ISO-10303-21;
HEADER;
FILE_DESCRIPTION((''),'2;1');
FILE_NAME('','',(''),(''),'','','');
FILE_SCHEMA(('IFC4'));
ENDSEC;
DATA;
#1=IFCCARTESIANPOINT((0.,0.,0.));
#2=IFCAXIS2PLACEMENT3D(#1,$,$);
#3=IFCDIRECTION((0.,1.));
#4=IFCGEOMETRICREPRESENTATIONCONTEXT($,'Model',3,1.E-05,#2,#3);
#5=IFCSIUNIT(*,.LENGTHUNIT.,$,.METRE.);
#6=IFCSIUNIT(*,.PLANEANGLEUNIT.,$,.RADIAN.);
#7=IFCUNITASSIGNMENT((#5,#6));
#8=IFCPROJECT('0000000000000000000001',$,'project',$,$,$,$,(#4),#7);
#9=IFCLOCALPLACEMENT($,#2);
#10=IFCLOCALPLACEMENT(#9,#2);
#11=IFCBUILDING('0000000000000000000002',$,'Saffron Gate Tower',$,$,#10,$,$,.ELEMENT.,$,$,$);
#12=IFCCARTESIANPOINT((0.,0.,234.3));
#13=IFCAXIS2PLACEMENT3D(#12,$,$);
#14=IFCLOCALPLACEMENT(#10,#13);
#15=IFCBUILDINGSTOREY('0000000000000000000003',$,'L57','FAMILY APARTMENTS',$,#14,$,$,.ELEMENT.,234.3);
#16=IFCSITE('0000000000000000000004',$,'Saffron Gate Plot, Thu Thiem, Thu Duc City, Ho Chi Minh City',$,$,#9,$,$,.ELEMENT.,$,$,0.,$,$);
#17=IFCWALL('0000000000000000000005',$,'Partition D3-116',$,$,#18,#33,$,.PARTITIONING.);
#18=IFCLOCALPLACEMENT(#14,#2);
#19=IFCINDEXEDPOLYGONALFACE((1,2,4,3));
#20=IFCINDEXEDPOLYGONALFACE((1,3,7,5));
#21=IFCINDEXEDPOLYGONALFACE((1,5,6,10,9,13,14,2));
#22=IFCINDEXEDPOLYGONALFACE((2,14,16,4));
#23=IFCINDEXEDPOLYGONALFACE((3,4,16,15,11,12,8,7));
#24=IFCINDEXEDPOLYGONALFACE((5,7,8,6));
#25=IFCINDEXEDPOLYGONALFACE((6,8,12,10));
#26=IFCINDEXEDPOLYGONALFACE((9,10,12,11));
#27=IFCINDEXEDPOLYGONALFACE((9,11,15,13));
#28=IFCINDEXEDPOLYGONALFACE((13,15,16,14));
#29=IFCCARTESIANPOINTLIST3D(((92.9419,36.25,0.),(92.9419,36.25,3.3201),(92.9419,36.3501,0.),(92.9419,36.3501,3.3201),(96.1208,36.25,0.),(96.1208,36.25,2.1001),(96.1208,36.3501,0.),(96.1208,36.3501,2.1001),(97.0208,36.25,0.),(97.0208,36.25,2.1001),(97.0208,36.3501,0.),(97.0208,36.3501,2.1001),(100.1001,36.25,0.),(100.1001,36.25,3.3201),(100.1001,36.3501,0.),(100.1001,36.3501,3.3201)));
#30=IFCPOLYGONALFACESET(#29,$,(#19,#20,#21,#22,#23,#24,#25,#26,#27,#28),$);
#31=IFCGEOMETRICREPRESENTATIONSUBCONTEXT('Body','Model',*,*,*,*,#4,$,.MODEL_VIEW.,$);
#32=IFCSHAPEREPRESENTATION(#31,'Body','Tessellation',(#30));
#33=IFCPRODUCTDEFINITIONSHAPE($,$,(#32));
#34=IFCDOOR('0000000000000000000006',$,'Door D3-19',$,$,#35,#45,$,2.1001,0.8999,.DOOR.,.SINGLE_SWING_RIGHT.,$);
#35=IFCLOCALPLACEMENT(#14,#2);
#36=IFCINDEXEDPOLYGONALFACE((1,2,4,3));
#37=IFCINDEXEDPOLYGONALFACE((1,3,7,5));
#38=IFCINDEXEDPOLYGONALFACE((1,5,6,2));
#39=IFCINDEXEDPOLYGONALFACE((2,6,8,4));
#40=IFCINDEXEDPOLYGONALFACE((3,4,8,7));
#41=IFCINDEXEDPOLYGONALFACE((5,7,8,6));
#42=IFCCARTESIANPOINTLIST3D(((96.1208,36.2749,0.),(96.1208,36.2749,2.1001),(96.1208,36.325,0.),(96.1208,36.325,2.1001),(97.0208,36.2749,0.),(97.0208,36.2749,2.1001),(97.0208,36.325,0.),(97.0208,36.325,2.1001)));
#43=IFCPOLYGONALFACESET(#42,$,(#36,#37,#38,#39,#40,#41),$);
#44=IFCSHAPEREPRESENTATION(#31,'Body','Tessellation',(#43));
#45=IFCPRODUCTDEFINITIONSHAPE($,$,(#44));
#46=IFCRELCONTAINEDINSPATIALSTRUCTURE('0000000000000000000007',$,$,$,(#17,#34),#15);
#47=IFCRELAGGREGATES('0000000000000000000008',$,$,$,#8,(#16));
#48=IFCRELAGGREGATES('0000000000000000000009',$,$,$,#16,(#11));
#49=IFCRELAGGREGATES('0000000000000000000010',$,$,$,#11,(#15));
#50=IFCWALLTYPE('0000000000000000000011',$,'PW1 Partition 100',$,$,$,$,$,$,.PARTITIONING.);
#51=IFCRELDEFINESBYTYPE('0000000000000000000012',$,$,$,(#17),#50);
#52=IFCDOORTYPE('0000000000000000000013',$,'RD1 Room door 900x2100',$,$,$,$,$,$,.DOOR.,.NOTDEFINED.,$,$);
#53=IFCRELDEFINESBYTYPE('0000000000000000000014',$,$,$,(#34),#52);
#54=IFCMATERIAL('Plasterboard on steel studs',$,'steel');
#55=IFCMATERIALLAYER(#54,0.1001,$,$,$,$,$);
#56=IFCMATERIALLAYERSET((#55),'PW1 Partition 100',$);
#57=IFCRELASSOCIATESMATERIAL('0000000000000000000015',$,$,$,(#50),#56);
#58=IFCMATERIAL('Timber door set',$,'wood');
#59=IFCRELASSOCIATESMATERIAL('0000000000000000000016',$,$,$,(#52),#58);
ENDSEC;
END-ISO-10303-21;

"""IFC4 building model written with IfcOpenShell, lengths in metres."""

from ifc_helpers import new_model, si_unit, direction, frame, frame_2d, origin, place, context, subcontext, project, spatial, rectangle, extrude, material, layer, layer_set, type_object, element, fill, save


model = new_model("IFC4")

# Units and contexts
model_context = context("Model", 3, precision=1e-05, world=origin(), true_north=direction((0.0, 1.0)))
body_context = subcontext(model_context, "Body", "Model", "MODEL_VIEW")
ifc_project = project(units=[si_unit("LENGTHUNIT", "METRE"), si_unit("PLANEANGLEUNIT", "RADIAN")], contexts=[model_context])

# Site, building, storey
site_placement = place(None, origin())
site = spatial("IfcSite", under=ifc_project, at=site_placement, Name="Saffron Gate Plot, Thu Thiem, Thu Duc City, Ho Chi Minh City", CompositionType="ELEMENT", RefElevation=0.0)
building_placement = place(site_placement, origin())
building = spatial("IfcBuilding", under=site, at=building_placement, Name="Saffron Gate Tower", CompositionType="ELEMENT")
storey_placement = place(building_placement, frame((0.0, 0.0, 234.3)))
storey = spatial("IfcBuildingStorey", under=building, at=storey_placement, Name="L57", Description="FAMILY APARTMENTS", CompositionType="ELEMENT", Elevation=234.3)

# Shared definitions
ifc_material_1 = material(Name="Plasterboard on steel studs", Category="steel")
ifc_layer = layer(ifc_material_1, 0.1001)
ifc_layer_set = layer_set([ifc_layer], Name="PW1 Partition 100")
wall_type = type_object("IfcWallType", Name="PW1 Partition 100", PredefinedType="PARTITIONING", material=ifc_layer_set)
ifc_material_2 = material(Name="Timber door set", Category="wood")
door_type = type_object("IfcDoorType", Name="RD1 Room door 900x2100", OperationType="NOTDEFINED", PredefinedType="DOOR", material=ifc_material_2)

# Wall, opening, door
wall_1_placement = place(storey_placement, frame((92.9419, 36.3, 0.0), z_axis=(0.0, 0.0, 1.0), x_axis=(1.0, 0.0, 0.0)))
wall_1 = element("IfcWall", 1, at=wall_1_placement, inside=storey, type_object=wall_type, Name="Partition D3-116", PredefinedType="PARTITIONING", context=body_context, shape_type="SweptSolid", body=[
    extrude(rectangle(XDim=7.1582, YDim=0.1001, at=frame_2d((3.5791, 0.0))), origin(), (0.0, 0.0, 1.0), 3.3201),
])
opening_1_placement = place(wall_1_placement, frame((3.179, 0.0, 0.0)))
opening_1 = element("IfcOpeningElement", 2, at=opening_1_placement, cuts=wall_1, PredefinedType="OPENING", context=body_context, shape_type="SweptSolid", body=[
    extrude(rectangle(XDim=0.8999, YDim=2.1001, at=frame_2d((0.45, 1.05))), frame((0.0, 0.0601, 0.0), z_axis=(0.0, -1.0, 0.0), x_axis=(1.0, 0.0, 0.0)), (0.0, 0.0, 1.0), 0.1201),
])
door_1_placement = place(opening_1_placement, origin())
door_1 = element("IfcDoor", 3, at=door_1_placement, inside=storey, type_object=door_type, Name="Door D3-19", OperationType="SINGLE_SWING_RIGHT", OverallHeight=2.1001, OverallWidth=0.8999, PredefinedType="DOOR", context=body_context, shape_type="SweptSolid", body=[
    extrude(rectangle(XDim=0.8999, YDim=2.1001, at=frame_2d((0.45, 1.05))), frame((0.0, 0.0249, 0.0), z_axis=(0.0, -1.0, 0.0), x_axis=(1.0, 0.0, 0.0)), (0.0, 0.0, 1.0), 0.05),
])
fill(opening_1, door_1)

save(model, "model.ifc")
